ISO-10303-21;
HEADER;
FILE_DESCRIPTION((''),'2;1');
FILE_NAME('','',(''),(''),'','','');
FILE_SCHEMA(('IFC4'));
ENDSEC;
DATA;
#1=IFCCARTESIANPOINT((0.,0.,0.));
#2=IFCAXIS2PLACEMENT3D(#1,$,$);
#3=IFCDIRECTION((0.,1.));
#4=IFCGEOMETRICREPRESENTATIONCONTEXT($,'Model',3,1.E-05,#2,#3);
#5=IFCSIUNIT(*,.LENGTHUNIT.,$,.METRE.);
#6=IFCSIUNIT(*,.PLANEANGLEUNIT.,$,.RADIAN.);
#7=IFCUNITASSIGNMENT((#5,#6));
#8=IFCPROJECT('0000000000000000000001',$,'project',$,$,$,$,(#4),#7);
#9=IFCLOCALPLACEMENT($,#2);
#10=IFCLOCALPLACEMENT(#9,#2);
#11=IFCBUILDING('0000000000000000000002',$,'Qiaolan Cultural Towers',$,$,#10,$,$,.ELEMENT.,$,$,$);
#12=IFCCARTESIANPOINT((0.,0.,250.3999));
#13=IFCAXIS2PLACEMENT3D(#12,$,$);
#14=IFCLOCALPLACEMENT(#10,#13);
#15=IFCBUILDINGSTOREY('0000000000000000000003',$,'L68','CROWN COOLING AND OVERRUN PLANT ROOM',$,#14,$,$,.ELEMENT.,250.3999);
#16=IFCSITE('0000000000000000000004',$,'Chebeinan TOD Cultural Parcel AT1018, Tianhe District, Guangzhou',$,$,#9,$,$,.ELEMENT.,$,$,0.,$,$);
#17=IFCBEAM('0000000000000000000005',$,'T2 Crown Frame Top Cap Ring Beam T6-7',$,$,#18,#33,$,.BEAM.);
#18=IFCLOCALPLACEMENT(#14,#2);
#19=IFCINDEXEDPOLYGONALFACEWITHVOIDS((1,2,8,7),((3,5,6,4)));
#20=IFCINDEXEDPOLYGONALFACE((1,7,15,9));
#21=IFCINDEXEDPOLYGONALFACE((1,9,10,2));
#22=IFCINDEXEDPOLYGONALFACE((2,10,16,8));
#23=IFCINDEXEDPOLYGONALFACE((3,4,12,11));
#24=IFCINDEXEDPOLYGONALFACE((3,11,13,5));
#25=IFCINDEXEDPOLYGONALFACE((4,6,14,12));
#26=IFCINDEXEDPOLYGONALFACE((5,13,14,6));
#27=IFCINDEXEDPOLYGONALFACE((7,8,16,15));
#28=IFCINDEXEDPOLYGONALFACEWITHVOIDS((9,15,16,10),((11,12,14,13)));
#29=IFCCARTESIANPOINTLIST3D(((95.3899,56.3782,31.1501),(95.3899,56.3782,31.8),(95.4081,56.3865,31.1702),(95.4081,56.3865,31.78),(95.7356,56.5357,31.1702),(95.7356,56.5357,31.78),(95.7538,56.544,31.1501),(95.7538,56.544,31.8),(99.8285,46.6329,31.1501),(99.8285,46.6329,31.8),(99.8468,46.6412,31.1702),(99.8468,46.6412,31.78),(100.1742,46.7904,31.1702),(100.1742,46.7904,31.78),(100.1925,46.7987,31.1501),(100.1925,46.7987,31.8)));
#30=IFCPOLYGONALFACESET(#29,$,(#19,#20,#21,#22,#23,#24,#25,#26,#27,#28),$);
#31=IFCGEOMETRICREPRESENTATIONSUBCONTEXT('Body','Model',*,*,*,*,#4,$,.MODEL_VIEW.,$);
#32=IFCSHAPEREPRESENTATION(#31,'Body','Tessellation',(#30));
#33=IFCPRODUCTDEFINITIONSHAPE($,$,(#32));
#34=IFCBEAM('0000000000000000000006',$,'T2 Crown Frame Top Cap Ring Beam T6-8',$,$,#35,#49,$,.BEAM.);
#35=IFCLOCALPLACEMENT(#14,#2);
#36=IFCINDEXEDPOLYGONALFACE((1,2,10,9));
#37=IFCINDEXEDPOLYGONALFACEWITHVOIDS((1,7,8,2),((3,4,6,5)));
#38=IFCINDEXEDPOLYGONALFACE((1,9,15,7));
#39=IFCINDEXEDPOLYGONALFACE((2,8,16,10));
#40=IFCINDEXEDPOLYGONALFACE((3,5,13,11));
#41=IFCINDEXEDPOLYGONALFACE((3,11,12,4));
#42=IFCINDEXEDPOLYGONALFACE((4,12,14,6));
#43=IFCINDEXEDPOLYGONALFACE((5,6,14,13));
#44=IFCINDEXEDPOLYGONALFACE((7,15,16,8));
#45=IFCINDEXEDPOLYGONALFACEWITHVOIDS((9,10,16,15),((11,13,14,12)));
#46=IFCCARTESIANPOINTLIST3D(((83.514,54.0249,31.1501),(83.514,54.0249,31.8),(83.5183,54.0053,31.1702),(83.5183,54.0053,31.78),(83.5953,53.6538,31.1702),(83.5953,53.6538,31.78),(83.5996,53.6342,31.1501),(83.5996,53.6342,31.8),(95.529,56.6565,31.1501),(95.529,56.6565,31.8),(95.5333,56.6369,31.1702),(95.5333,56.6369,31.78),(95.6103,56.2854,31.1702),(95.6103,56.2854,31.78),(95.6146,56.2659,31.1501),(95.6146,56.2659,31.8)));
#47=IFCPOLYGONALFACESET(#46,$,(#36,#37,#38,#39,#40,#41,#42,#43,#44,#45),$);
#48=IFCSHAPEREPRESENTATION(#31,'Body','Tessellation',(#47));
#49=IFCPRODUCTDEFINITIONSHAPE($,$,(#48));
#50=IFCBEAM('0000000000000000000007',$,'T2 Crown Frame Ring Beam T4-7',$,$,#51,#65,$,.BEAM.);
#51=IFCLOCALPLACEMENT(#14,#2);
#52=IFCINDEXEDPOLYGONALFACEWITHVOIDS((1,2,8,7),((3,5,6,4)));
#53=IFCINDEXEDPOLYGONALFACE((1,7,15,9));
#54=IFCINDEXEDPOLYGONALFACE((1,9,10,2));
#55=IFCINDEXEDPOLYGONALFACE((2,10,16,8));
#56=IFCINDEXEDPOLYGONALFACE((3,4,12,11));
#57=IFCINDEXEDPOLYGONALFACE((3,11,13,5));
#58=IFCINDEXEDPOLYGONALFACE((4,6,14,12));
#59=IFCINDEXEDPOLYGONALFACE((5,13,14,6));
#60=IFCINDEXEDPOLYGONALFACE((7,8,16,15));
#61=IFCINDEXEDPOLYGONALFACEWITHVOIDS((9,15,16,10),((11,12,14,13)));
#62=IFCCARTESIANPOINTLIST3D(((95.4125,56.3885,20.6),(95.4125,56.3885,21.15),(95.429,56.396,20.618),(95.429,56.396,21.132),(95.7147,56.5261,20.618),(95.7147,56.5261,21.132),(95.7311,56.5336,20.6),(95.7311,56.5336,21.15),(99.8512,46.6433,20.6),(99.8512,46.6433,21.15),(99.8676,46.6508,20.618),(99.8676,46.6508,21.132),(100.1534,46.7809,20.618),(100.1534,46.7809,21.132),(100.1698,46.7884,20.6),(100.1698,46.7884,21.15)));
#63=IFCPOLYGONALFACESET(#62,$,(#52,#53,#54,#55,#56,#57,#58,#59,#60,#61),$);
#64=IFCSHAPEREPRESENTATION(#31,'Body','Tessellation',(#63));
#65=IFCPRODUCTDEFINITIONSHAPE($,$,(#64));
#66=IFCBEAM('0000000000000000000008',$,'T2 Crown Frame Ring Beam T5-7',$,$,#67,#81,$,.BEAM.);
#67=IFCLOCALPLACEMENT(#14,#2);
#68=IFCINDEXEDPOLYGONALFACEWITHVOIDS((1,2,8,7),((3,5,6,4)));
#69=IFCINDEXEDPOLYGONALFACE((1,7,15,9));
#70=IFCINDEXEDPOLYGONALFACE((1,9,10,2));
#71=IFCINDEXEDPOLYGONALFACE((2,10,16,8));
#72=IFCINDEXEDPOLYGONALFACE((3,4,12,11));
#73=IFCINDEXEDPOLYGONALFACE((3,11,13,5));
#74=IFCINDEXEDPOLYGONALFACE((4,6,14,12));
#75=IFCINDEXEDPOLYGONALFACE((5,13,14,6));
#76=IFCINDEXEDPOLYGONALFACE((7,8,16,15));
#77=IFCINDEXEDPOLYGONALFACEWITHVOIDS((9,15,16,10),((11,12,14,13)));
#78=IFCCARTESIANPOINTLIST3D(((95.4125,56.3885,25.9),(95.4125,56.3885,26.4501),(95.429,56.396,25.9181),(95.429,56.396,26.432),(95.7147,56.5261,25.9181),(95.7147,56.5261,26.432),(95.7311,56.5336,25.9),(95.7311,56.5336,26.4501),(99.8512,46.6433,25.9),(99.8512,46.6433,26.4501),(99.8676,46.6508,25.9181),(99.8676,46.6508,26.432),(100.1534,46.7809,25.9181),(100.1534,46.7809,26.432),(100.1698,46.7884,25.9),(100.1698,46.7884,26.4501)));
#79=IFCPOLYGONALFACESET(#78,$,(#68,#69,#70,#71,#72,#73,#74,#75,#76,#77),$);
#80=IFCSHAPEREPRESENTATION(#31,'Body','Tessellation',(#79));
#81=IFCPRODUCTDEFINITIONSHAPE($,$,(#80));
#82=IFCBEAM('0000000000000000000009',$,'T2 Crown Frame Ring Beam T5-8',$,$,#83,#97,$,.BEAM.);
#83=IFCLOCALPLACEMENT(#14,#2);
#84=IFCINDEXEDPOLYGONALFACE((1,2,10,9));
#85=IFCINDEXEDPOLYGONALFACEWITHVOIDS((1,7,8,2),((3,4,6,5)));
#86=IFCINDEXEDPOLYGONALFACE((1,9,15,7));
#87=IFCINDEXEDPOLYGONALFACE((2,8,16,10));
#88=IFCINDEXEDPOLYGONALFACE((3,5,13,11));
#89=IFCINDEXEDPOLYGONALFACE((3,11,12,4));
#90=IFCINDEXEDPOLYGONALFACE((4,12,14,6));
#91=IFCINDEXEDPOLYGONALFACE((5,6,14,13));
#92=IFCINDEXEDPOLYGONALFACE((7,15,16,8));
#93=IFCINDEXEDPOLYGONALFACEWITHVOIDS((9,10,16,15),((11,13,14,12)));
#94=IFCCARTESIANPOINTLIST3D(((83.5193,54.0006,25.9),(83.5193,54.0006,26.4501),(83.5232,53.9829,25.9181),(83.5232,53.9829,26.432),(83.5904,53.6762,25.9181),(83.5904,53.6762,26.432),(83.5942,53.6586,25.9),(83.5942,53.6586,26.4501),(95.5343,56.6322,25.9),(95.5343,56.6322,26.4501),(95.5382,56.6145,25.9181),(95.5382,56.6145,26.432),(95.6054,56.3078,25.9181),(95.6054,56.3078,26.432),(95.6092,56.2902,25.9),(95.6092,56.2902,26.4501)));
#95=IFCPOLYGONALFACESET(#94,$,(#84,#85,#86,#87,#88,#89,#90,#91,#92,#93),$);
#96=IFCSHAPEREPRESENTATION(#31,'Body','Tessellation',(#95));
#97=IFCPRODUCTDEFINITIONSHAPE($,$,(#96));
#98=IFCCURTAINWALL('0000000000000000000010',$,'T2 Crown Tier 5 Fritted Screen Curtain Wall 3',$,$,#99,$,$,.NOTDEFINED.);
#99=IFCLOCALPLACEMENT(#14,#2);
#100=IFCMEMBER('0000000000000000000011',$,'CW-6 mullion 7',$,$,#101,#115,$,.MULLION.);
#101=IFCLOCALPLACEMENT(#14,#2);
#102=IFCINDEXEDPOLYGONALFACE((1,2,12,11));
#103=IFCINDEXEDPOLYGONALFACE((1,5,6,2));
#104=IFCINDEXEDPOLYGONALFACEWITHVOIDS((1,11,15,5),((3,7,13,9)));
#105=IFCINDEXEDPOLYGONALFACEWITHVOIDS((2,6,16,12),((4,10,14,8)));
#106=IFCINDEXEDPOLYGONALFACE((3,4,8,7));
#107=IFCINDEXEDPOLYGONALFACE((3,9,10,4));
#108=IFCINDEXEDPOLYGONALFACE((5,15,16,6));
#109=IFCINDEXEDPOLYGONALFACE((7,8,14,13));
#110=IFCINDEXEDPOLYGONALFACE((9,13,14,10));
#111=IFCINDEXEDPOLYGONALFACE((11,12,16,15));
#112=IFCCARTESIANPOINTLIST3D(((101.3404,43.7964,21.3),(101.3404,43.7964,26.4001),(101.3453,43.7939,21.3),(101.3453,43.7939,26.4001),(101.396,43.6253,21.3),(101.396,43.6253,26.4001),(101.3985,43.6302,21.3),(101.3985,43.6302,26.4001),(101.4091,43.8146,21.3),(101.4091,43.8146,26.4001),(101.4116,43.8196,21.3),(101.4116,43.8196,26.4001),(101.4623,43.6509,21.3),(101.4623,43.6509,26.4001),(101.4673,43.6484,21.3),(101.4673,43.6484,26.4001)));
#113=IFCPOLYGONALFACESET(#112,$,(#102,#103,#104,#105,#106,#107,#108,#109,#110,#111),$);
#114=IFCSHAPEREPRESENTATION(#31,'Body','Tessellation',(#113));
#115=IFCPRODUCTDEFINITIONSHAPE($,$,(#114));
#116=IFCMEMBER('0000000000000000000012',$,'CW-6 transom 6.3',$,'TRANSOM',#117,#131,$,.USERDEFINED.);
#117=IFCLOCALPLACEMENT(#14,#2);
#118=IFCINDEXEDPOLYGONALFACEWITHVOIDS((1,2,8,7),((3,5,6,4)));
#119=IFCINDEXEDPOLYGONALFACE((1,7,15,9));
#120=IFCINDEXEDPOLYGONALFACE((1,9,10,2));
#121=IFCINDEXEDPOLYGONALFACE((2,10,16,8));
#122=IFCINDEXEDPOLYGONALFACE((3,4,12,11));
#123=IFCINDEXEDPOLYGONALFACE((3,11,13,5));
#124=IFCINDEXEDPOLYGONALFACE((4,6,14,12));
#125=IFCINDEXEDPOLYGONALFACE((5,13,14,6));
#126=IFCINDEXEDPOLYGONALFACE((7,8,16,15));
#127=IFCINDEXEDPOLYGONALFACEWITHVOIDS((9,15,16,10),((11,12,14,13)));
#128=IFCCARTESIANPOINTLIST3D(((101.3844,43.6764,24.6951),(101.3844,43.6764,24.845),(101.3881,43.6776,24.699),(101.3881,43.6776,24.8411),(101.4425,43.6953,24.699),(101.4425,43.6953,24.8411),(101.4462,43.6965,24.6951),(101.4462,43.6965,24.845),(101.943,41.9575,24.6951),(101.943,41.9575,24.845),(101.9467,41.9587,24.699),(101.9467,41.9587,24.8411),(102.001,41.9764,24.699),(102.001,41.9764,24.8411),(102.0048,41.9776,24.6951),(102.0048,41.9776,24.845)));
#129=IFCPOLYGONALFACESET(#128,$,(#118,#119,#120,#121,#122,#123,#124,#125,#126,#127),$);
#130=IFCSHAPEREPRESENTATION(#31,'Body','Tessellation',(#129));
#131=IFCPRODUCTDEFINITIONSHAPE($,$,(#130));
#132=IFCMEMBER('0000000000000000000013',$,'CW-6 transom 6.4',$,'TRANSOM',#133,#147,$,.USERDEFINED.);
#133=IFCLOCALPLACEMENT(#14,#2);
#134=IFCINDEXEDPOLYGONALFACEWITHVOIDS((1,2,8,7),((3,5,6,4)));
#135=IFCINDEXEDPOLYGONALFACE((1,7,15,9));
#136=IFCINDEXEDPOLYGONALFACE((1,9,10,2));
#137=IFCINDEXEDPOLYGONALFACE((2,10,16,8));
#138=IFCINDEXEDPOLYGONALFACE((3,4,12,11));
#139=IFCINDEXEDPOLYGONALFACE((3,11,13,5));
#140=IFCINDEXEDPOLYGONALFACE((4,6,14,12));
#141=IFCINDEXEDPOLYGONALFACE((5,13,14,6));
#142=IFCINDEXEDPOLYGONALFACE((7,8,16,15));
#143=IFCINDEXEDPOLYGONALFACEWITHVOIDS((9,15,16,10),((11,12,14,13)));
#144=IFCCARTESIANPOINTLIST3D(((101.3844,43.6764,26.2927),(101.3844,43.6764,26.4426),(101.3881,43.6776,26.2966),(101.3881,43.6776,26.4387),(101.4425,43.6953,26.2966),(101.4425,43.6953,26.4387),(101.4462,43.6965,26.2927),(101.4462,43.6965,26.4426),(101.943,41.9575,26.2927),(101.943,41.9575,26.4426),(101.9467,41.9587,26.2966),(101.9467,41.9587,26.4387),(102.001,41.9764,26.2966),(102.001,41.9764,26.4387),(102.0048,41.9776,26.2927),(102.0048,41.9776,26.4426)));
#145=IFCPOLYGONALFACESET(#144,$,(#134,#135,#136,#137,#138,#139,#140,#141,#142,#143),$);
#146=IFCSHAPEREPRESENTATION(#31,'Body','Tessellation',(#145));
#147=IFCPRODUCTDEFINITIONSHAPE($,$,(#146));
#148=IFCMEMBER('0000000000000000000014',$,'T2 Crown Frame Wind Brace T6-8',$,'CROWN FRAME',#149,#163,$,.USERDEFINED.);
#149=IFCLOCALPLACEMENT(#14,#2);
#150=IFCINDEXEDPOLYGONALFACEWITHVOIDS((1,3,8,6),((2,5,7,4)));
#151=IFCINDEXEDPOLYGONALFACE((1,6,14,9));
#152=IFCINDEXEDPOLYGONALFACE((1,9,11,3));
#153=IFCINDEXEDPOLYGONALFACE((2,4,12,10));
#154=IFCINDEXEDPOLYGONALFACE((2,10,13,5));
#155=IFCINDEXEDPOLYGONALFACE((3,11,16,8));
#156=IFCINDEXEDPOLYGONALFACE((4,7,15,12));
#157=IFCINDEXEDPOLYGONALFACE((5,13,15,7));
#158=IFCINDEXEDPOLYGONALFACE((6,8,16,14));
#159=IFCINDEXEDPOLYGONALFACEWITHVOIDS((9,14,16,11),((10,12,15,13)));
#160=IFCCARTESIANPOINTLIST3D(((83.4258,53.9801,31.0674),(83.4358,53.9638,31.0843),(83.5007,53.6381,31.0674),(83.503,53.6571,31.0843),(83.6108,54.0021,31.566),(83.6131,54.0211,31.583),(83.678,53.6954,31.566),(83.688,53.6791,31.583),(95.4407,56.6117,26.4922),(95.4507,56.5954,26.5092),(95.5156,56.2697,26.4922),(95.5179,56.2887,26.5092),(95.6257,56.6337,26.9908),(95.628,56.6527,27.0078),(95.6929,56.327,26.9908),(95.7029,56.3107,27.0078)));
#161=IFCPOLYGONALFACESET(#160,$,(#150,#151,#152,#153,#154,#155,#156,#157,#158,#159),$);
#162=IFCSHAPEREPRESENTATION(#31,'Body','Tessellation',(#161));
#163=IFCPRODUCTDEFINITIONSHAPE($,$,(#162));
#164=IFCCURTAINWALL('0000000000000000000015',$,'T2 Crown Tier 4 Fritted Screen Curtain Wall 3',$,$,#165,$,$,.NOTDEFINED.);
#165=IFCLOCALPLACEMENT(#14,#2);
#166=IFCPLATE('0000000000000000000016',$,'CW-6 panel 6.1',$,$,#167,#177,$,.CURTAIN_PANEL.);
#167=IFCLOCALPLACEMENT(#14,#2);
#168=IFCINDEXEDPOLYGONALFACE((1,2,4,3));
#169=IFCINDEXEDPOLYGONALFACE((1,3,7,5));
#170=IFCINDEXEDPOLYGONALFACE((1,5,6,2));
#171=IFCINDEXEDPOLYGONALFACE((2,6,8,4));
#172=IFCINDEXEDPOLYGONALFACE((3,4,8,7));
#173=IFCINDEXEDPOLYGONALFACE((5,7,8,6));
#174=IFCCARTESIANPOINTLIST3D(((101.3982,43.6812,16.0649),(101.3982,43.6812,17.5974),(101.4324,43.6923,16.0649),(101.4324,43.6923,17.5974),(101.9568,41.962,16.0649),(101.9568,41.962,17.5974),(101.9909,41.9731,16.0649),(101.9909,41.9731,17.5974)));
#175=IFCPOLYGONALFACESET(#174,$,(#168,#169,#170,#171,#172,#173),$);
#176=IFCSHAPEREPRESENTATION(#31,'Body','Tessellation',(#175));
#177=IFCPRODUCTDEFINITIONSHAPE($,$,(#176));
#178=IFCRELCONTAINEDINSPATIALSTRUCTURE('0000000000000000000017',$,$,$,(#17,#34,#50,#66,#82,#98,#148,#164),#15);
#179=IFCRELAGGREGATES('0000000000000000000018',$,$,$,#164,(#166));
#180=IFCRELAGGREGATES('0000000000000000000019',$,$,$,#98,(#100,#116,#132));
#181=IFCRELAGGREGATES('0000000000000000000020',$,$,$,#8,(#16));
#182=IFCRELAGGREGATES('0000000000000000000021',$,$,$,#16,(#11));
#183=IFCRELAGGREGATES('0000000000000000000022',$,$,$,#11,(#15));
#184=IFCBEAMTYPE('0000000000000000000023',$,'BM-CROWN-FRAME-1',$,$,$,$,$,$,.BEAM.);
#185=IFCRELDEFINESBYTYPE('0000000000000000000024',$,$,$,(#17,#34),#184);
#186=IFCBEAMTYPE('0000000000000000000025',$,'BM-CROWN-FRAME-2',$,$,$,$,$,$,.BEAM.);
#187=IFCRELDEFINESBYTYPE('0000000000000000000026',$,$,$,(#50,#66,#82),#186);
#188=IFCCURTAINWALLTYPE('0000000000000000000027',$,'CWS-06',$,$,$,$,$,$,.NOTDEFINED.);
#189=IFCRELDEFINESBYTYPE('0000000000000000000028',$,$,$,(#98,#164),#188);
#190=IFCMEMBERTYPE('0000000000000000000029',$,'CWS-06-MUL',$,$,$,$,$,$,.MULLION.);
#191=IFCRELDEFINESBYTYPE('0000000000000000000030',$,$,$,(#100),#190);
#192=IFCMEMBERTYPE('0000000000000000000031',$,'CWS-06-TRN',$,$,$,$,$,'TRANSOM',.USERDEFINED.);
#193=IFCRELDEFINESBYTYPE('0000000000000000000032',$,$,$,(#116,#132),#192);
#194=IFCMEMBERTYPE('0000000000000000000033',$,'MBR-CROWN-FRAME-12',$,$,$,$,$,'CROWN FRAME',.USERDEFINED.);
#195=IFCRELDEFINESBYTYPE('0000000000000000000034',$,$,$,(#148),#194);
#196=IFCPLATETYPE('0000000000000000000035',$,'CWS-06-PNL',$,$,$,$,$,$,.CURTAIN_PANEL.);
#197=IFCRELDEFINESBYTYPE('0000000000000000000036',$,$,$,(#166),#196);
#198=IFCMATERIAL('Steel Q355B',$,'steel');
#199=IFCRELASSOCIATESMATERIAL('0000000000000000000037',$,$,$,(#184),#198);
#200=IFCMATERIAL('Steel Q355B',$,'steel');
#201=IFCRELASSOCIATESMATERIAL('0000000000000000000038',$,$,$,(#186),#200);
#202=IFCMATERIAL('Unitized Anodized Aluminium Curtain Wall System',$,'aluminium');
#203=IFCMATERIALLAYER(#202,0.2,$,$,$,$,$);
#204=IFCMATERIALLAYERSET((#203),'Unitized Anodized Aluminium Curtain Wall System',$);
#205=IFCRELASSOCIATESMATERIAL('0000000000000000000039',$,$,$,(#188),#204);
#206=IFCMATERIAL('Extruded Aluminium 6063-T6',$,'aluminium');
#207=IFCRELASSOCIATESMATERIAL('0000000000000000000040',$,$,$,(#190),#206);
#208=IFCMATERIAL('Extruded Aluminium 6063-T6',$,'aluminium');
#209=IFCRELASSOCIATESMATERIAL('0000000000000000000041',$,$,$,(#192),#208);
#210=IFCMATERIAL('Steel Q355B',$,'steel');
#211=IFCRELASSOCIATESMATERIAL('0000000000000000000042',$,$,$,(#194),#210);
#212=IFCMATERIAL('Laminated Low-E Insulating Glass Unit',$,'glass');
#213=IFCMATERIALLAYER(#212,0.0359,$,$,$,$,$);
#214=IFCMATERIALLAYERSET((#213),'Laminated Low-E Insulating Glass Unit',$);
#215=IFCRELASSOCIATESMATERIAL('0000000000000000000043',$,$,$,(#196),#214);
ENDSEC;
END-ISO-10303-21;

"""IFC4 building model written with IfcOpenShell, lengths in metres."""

from ifc_helpers import new_model, si_unit, direction, frame, origin, origin_2d, place, context, subcontext, project, spatial, rectangle, hollow_rectangle, extrude, material, layer, layer_set, material_profile, profile_set, type_object, element, aggregate, save


model = new_model("IFC4")

# Units and contexts
model_context = context("Model", 3, precision=1e-05, world=origin(), true_north=direction((0.0, 1.0)))
body_context = subcontext(model_context, "Body", "Model", "MODEL_VIEW")
ifc_project = project(units=[si_unit("LENGTHUNIT", "METRE"), si_unit("PLANEANGLEUNIT", "RADIAN")], contexts=[model_context])

# Site, building, storey
site_placement = place(None, origin())
site = spatial("IfcSite", under=ifc_project, at=site_placement, Name="Chebeinan TOD Cultural Parcel AT1018, Tianhe District, Guangzhou", CompositionType="ELEMENT", RefElevation=0.0)
building_placement = place(site_placement, origin())
building = spatial("IfcBuilding", under=site, at=building_placement, Name="Qiaolan Cultural Towers", CompositionType="ELEMENT")
storey_placement = place(building_placement, frame((0.0, 0.0, 250.3999)))
storey = spatial("IfcBuildingStorey", under=building, at=storey_placement, Name="L68", Description="CROWN COOLING AND OVERRUN PLANT ROOM", CompositionType="ELEMENT", Elevation=250.3999)

# Beams
ifc_material_1 = material(Name="Steel Q355B", Category="steel")
ifc_material_profile_1 = material_profile(ifc_material_1, hollow_rectangle(XDim=0.3999, YDim=0.6499, WallThickness=0.02, at=origin_2d()), Name="BOX650x400x20")
ifc_profile_set_1 = profile_set([ifc_material_profile_1], Name="Steel Q355B")
beam_type_1 = type_object("IfcBeamType", Name="BM-CROWN-FRAME-1", PredefinedType="BEAM", material=ifc_profile_set_1)
beam_1_placement = place(storey_placement, frame((100.0105, 46.7158, 31.4751), z_axis=(-0.4145, 0.910049, 0.0), x_axis=(-0.910049, -0.4145, 0.0)))
element("IfcBeam", 1, at=beam_1_placement, inside=storey, type_object=beam_type_1, Name="T2 Crown Frame Top Cap Ring Beam T6-7", PredefinedType="BEAM", context=body_context, shape_type="SweptSolid", body=[
    extrude(hollow_rectangle(XDim=0.3999, YDim=0.6499, WallThickness=0.02, at=origin_2d()), origin(), (0.0, 0.0, 1.0), 10.7085),
])
beam_2_placement = place(storey_placement, frame((95.5718, 56.4612, 31.4751), z_axis=(-0.976843, -0.213956, 0.0), x_axis=(0.213956, -0.976843, 0.0)))
element("IfcBeam", 2, at=beam_2_placement, inside=storey, type_object=beam_type_1, Name="T2 Crown Frame Top Cap Ring Beam T6-8", PredefinedType="BEAM", context=body_context, shape_type="SweptSolid", body=[
    extrude(hollow_rectangle(XDim=0.3999, YDim=0.6499, WallThickness=0.02, at=origin_2d()), origin(), (0.0, 0.0, 1.0), 12.2998),
])
ifc_material_2 = material(Name="Steel Q355B", Category="steel")
ifc_material_profile_2 = material_profile(ifc_material_2, hollow_rectangle(XDim=0.3501, YDim=0.55, WallThickness=0.0181, at=origin_2d()), Name="BOX550x350x18")
ifc_profile_set_2 = profile_set([ifc_material_profile_2], Name="Steel Q355B")
beam_type_2 = type_object("IfcBeamType", Name="BM-CROWN-FRAME-2", PredefinedType="BEAM", material=ifc_profile_set_2)
for number, where, z_axis, x_axis, name in (
    (3, (100.0105, 46.7158, 20.875), (-0.4145, 0.910049, 0.0), (-0.910049, -0.4145, 0.0), "T2 Crown Frame Ring Beam T4-7"),
    (4, (100.0105, 46.7158, 26.175), (-0.4145, 0.910049, 0.0), (-0.910049, -0.4145, 0.0), "T2 Crown Frame Ring Beam T5-7"),
):
    element("IfcBeam", number, at=place(storey_placement, frame(where, z_axis=z_axis, x_axis=x_axis)), inside=storey, type_object=beam_type_2, Name=name, PredefinedType="BEAM", context=body_context, shape_type="SweptSolid", body=[
        extrude(hollow_rectangle(XDim=0.3501, YDim=0.55, WallThickness=0.0181, at=origin_2d()), origin(), (0.0, 0.0, 1.0), 10.7085),
    ])
beam_3_placement = place(storey_placement, frame((95.5718, 56.4612, 26.175), z_axis=(-0.976843, -0.213956, 0.0), x_axis=(0.213956, -0.976843, 0.0)))
element("IfcBeam", 5, at=beam_3_placement, inside=storey, type_object=beam_type_2, Name="T2 Crown Frame Ring Beam T5-8", PredefinedType="BEAM", context=body_context, shape_type="SweptSolid", body=[
    extrude(hollow_rectangle(XDim=0.3501, YDim=0.55, WallThickness=0.0181, at=origin_2d()), origin(), (0.0, 0.0, 1.0), 12.2998),
])

# Curtain wall, members
ifc_material_3 = material(Name="Unitized Anodized Aluminium Curtain Wall System", Category="aluminium")
ifc_layer_1 = layer(ifc_material_3, 0.2)
ifc_layer_set_1 = layer_set([ifc_layer_1], Name="Unitized Anodized Aluminium Curtain Wall System")
curtain_wall_type = type_object("IfcCurtainWallType", Name="CWS-06", PredefinedType="NOTDEFINED", material=ifc_layer_set_1)
curtain_wall_1_placement = place(storey_placement, origin())
curtain_wall_1 = element("IfcCurtainWall", 6, at=curtain_wall_1_placement, inside=storey, type_object=curtain_wall_type, Name="T2 Crown Tier 5 Fritted Screen Curtain Wall 3", PredefinedType="NOTDEFINED")
ifc_material_4 = material(Name="Extruded Aluminium 6063-T6", Category="aluminium")
ifc_material_profile_3 = material_profile(ifc_material_4, hollow_rectangle(XDim=0.075, YDim=0.1799, WallThickness=0.0039, at=origin_2d()), Name="CWM-180x75x4")
ifc_profile_set_3 = profile_set([ifc_material_profile_3], Name="Extruded Aluminium 6063-T6")
member_type_1 = type_object("IfcMemberType", Name="CWS-06-MUL", PredefinedType="MULLION", material=ifc_profile_set_3)
member_1_placement = place(storey_placement, frame((101.4038, 43.7224, 21.3), z_axis=(0.0, 0.0, 1.0), x_axis=(-0.951057, -0.309017, 0.0)))
member_1 = element("IfcMember", 7, at=member_1_placement, type_object=member_type_1, Name="CW-6 mullion 7", PredefinedType="MULLION", context=body_context, shape_type="SweptSolid", body=[
    extrude(hollow_rectangle(XDim=0.075, YDim=0.1799, WallThickness=0.0039, at=origin_2d()), origin(), (0.0, 0.0, 1.0), 5.1001),
])
ifc_material_5 = material(Name="Extruded Aluminium 6063-T6", Category="aluminium")
ifc_material_profile_4 = material_profile(ifc_material_5, hollow_rectangle(XDim=0.0649, YDim=0.1499, WallThickness=0.0039, at=origin_2d()), Name="CWT-150x65x4")
ifc_profile_set_4 = profile_set([ifc_material_profile_4], Name="Extruded Aluminium 6063-T6")
member_type_2 = type_object("IfcMemberType", Name="CWS-06-TRN", ElementType="TRANSOM", PredefinedType="USERDEFINED", material=ifc_profile_set_4)
member_2_placement = place(storey_placement, frame((101.9739, 41.9675, 24.77), z_axis=(-0.309046, 0.951047, 0.0), x_axis=(-0.951047, -0.309046, 0.0)))
member_2 = element("IfcMember", 8, at=member_2_placement, type_object=member_type_2, Name="CW-6 transom 6.3", ObjectType="TRANSOM", PredefinedType="USERDEFINED", context=body_context, shape_type="SweptSolid", body=[
    extrude(hollow_rectangle(XDim=0.0649, YDim=0.1499, WallThickness=0.0039, at=origin_2d()), origin(), (0.0, 0.0, 1.0), 1.8074),
])
member_3_placement = place(storey_placement, frame((101.9739, 41.9675, 26.3677), z_axis=(-0.309046, 0.951047, 0.0), x_axis=(-0.951047, -0.309046, 0.0)))
member_3 = element("IfcMember", 9, at=member_3_placement, type_object=member_type_2, Name="CW-6 transom 6.4", ObjectType="TRANSOM", PredefinedType="USERDEFINED", context=body_context, shape_type="SweptSolid", body=[
    extrude(hollow_rectangle(XDim=0.0649, YDim=0.1499, WallThickness=0.0039, at=origin_2d()), origin(), (0.0, 0.0, 1.0), 1.8074),
])

# Member
ifc_material_6 = material(Name="Steel Q355B", Category="steel")
ifc_material_profile_5 = material_profile(ifc_material_6, hollow_rectangle(XDim=0.3501, YDim=0.55, WallThickness=0.0181, at=origin_2d()), Name="BOX550x350x18")
ifc_profile_set_5 = profile_set([ifc_material_profile_5], Name="Steel Q355B")
member_type_3 = type_object("IfcMemberType", Name="MBR-CROWN-FRAME-12", ElementType="CROWN FRAME", PredefinedType="USERDEFINED", material=ifc_profile_set_5)
member_4_placement = place(storey_placement, frame((95.5718, 56.4612, 26.75), z_axis=(-0.915554, -0.200532, 0.348637), x_axis=(0.213956, -0.976843, 0.0)))
element("IfcMember", 10, at=member_4_placement, inside=storey, type_object=member_type_3, Name="T2 Crown Frame Wind Brace T6-8", ObjectType="CROWN FRAME", PredefinedType="USERDEFINED", context=body_context, shape_type="SweptSolid", body=[
    extrude(hollow_rectangle(XDim=0.3501, YDim=0.55, WallThickness=0.0181, at=origin_2d()), origin(), (0.0, 0.0, 1.0), 13.123),
])

# Curtain wall, plate
curtain_wall_2_placement = place(storey_placement, origin())
curtain_wall_2 = element("IfcCurtainWall", 11, at=curtain_wall_2_placement, inside=storey, type_object=curtain_wall_type, Name="T2 Crown Tier 4 Fritted Screen Curtain Wall 3", PredefinedType="NOTDEFINED")
ifc_material_7 = material(Name="Laminated Low-E Insulating Glass Unit", Category="glass")
ifc_layer_2 = layer(ifc_material_7, 0.0359)
ifc_layer_set_2 = layer_set([ifc_layer_2], Name="Laminated Low-E Insulating Glass Unit")
plate_type_1 = type_object("IfcPlateType", Name="CWS-06-PNL", PredefinedType="CURTAIN_PANEL", material=ifc_layer_set_2)
plate_1_placement = place(storey_placement, frame((101.6946, 42.8271, 16.0649), z_axis=(0.0, 0.0, 1.0), x_axis=(-0.309017, 0.951057, 0.0)))
plate_1 = element("IfcPlate", 12, at=plate_1_placement, type_object=plate_type_1, Name="CW-6 panel 6.1", PredefinedType="CURTAIN_PANEL", context=body_context, shape_type="SweptSolid", body=[
    extrude(rectangle(XDim=1.8076, YDim=0.0359, at=origin_2d()), origin(), (0.0, 0.0, 1.0), 1.5325),
])
aggregate(curtain_wall_2, [plate_1])

aggregate(curtain_wall_1, [member_1, member_2, member_3])

save(model, "model.ifc")
